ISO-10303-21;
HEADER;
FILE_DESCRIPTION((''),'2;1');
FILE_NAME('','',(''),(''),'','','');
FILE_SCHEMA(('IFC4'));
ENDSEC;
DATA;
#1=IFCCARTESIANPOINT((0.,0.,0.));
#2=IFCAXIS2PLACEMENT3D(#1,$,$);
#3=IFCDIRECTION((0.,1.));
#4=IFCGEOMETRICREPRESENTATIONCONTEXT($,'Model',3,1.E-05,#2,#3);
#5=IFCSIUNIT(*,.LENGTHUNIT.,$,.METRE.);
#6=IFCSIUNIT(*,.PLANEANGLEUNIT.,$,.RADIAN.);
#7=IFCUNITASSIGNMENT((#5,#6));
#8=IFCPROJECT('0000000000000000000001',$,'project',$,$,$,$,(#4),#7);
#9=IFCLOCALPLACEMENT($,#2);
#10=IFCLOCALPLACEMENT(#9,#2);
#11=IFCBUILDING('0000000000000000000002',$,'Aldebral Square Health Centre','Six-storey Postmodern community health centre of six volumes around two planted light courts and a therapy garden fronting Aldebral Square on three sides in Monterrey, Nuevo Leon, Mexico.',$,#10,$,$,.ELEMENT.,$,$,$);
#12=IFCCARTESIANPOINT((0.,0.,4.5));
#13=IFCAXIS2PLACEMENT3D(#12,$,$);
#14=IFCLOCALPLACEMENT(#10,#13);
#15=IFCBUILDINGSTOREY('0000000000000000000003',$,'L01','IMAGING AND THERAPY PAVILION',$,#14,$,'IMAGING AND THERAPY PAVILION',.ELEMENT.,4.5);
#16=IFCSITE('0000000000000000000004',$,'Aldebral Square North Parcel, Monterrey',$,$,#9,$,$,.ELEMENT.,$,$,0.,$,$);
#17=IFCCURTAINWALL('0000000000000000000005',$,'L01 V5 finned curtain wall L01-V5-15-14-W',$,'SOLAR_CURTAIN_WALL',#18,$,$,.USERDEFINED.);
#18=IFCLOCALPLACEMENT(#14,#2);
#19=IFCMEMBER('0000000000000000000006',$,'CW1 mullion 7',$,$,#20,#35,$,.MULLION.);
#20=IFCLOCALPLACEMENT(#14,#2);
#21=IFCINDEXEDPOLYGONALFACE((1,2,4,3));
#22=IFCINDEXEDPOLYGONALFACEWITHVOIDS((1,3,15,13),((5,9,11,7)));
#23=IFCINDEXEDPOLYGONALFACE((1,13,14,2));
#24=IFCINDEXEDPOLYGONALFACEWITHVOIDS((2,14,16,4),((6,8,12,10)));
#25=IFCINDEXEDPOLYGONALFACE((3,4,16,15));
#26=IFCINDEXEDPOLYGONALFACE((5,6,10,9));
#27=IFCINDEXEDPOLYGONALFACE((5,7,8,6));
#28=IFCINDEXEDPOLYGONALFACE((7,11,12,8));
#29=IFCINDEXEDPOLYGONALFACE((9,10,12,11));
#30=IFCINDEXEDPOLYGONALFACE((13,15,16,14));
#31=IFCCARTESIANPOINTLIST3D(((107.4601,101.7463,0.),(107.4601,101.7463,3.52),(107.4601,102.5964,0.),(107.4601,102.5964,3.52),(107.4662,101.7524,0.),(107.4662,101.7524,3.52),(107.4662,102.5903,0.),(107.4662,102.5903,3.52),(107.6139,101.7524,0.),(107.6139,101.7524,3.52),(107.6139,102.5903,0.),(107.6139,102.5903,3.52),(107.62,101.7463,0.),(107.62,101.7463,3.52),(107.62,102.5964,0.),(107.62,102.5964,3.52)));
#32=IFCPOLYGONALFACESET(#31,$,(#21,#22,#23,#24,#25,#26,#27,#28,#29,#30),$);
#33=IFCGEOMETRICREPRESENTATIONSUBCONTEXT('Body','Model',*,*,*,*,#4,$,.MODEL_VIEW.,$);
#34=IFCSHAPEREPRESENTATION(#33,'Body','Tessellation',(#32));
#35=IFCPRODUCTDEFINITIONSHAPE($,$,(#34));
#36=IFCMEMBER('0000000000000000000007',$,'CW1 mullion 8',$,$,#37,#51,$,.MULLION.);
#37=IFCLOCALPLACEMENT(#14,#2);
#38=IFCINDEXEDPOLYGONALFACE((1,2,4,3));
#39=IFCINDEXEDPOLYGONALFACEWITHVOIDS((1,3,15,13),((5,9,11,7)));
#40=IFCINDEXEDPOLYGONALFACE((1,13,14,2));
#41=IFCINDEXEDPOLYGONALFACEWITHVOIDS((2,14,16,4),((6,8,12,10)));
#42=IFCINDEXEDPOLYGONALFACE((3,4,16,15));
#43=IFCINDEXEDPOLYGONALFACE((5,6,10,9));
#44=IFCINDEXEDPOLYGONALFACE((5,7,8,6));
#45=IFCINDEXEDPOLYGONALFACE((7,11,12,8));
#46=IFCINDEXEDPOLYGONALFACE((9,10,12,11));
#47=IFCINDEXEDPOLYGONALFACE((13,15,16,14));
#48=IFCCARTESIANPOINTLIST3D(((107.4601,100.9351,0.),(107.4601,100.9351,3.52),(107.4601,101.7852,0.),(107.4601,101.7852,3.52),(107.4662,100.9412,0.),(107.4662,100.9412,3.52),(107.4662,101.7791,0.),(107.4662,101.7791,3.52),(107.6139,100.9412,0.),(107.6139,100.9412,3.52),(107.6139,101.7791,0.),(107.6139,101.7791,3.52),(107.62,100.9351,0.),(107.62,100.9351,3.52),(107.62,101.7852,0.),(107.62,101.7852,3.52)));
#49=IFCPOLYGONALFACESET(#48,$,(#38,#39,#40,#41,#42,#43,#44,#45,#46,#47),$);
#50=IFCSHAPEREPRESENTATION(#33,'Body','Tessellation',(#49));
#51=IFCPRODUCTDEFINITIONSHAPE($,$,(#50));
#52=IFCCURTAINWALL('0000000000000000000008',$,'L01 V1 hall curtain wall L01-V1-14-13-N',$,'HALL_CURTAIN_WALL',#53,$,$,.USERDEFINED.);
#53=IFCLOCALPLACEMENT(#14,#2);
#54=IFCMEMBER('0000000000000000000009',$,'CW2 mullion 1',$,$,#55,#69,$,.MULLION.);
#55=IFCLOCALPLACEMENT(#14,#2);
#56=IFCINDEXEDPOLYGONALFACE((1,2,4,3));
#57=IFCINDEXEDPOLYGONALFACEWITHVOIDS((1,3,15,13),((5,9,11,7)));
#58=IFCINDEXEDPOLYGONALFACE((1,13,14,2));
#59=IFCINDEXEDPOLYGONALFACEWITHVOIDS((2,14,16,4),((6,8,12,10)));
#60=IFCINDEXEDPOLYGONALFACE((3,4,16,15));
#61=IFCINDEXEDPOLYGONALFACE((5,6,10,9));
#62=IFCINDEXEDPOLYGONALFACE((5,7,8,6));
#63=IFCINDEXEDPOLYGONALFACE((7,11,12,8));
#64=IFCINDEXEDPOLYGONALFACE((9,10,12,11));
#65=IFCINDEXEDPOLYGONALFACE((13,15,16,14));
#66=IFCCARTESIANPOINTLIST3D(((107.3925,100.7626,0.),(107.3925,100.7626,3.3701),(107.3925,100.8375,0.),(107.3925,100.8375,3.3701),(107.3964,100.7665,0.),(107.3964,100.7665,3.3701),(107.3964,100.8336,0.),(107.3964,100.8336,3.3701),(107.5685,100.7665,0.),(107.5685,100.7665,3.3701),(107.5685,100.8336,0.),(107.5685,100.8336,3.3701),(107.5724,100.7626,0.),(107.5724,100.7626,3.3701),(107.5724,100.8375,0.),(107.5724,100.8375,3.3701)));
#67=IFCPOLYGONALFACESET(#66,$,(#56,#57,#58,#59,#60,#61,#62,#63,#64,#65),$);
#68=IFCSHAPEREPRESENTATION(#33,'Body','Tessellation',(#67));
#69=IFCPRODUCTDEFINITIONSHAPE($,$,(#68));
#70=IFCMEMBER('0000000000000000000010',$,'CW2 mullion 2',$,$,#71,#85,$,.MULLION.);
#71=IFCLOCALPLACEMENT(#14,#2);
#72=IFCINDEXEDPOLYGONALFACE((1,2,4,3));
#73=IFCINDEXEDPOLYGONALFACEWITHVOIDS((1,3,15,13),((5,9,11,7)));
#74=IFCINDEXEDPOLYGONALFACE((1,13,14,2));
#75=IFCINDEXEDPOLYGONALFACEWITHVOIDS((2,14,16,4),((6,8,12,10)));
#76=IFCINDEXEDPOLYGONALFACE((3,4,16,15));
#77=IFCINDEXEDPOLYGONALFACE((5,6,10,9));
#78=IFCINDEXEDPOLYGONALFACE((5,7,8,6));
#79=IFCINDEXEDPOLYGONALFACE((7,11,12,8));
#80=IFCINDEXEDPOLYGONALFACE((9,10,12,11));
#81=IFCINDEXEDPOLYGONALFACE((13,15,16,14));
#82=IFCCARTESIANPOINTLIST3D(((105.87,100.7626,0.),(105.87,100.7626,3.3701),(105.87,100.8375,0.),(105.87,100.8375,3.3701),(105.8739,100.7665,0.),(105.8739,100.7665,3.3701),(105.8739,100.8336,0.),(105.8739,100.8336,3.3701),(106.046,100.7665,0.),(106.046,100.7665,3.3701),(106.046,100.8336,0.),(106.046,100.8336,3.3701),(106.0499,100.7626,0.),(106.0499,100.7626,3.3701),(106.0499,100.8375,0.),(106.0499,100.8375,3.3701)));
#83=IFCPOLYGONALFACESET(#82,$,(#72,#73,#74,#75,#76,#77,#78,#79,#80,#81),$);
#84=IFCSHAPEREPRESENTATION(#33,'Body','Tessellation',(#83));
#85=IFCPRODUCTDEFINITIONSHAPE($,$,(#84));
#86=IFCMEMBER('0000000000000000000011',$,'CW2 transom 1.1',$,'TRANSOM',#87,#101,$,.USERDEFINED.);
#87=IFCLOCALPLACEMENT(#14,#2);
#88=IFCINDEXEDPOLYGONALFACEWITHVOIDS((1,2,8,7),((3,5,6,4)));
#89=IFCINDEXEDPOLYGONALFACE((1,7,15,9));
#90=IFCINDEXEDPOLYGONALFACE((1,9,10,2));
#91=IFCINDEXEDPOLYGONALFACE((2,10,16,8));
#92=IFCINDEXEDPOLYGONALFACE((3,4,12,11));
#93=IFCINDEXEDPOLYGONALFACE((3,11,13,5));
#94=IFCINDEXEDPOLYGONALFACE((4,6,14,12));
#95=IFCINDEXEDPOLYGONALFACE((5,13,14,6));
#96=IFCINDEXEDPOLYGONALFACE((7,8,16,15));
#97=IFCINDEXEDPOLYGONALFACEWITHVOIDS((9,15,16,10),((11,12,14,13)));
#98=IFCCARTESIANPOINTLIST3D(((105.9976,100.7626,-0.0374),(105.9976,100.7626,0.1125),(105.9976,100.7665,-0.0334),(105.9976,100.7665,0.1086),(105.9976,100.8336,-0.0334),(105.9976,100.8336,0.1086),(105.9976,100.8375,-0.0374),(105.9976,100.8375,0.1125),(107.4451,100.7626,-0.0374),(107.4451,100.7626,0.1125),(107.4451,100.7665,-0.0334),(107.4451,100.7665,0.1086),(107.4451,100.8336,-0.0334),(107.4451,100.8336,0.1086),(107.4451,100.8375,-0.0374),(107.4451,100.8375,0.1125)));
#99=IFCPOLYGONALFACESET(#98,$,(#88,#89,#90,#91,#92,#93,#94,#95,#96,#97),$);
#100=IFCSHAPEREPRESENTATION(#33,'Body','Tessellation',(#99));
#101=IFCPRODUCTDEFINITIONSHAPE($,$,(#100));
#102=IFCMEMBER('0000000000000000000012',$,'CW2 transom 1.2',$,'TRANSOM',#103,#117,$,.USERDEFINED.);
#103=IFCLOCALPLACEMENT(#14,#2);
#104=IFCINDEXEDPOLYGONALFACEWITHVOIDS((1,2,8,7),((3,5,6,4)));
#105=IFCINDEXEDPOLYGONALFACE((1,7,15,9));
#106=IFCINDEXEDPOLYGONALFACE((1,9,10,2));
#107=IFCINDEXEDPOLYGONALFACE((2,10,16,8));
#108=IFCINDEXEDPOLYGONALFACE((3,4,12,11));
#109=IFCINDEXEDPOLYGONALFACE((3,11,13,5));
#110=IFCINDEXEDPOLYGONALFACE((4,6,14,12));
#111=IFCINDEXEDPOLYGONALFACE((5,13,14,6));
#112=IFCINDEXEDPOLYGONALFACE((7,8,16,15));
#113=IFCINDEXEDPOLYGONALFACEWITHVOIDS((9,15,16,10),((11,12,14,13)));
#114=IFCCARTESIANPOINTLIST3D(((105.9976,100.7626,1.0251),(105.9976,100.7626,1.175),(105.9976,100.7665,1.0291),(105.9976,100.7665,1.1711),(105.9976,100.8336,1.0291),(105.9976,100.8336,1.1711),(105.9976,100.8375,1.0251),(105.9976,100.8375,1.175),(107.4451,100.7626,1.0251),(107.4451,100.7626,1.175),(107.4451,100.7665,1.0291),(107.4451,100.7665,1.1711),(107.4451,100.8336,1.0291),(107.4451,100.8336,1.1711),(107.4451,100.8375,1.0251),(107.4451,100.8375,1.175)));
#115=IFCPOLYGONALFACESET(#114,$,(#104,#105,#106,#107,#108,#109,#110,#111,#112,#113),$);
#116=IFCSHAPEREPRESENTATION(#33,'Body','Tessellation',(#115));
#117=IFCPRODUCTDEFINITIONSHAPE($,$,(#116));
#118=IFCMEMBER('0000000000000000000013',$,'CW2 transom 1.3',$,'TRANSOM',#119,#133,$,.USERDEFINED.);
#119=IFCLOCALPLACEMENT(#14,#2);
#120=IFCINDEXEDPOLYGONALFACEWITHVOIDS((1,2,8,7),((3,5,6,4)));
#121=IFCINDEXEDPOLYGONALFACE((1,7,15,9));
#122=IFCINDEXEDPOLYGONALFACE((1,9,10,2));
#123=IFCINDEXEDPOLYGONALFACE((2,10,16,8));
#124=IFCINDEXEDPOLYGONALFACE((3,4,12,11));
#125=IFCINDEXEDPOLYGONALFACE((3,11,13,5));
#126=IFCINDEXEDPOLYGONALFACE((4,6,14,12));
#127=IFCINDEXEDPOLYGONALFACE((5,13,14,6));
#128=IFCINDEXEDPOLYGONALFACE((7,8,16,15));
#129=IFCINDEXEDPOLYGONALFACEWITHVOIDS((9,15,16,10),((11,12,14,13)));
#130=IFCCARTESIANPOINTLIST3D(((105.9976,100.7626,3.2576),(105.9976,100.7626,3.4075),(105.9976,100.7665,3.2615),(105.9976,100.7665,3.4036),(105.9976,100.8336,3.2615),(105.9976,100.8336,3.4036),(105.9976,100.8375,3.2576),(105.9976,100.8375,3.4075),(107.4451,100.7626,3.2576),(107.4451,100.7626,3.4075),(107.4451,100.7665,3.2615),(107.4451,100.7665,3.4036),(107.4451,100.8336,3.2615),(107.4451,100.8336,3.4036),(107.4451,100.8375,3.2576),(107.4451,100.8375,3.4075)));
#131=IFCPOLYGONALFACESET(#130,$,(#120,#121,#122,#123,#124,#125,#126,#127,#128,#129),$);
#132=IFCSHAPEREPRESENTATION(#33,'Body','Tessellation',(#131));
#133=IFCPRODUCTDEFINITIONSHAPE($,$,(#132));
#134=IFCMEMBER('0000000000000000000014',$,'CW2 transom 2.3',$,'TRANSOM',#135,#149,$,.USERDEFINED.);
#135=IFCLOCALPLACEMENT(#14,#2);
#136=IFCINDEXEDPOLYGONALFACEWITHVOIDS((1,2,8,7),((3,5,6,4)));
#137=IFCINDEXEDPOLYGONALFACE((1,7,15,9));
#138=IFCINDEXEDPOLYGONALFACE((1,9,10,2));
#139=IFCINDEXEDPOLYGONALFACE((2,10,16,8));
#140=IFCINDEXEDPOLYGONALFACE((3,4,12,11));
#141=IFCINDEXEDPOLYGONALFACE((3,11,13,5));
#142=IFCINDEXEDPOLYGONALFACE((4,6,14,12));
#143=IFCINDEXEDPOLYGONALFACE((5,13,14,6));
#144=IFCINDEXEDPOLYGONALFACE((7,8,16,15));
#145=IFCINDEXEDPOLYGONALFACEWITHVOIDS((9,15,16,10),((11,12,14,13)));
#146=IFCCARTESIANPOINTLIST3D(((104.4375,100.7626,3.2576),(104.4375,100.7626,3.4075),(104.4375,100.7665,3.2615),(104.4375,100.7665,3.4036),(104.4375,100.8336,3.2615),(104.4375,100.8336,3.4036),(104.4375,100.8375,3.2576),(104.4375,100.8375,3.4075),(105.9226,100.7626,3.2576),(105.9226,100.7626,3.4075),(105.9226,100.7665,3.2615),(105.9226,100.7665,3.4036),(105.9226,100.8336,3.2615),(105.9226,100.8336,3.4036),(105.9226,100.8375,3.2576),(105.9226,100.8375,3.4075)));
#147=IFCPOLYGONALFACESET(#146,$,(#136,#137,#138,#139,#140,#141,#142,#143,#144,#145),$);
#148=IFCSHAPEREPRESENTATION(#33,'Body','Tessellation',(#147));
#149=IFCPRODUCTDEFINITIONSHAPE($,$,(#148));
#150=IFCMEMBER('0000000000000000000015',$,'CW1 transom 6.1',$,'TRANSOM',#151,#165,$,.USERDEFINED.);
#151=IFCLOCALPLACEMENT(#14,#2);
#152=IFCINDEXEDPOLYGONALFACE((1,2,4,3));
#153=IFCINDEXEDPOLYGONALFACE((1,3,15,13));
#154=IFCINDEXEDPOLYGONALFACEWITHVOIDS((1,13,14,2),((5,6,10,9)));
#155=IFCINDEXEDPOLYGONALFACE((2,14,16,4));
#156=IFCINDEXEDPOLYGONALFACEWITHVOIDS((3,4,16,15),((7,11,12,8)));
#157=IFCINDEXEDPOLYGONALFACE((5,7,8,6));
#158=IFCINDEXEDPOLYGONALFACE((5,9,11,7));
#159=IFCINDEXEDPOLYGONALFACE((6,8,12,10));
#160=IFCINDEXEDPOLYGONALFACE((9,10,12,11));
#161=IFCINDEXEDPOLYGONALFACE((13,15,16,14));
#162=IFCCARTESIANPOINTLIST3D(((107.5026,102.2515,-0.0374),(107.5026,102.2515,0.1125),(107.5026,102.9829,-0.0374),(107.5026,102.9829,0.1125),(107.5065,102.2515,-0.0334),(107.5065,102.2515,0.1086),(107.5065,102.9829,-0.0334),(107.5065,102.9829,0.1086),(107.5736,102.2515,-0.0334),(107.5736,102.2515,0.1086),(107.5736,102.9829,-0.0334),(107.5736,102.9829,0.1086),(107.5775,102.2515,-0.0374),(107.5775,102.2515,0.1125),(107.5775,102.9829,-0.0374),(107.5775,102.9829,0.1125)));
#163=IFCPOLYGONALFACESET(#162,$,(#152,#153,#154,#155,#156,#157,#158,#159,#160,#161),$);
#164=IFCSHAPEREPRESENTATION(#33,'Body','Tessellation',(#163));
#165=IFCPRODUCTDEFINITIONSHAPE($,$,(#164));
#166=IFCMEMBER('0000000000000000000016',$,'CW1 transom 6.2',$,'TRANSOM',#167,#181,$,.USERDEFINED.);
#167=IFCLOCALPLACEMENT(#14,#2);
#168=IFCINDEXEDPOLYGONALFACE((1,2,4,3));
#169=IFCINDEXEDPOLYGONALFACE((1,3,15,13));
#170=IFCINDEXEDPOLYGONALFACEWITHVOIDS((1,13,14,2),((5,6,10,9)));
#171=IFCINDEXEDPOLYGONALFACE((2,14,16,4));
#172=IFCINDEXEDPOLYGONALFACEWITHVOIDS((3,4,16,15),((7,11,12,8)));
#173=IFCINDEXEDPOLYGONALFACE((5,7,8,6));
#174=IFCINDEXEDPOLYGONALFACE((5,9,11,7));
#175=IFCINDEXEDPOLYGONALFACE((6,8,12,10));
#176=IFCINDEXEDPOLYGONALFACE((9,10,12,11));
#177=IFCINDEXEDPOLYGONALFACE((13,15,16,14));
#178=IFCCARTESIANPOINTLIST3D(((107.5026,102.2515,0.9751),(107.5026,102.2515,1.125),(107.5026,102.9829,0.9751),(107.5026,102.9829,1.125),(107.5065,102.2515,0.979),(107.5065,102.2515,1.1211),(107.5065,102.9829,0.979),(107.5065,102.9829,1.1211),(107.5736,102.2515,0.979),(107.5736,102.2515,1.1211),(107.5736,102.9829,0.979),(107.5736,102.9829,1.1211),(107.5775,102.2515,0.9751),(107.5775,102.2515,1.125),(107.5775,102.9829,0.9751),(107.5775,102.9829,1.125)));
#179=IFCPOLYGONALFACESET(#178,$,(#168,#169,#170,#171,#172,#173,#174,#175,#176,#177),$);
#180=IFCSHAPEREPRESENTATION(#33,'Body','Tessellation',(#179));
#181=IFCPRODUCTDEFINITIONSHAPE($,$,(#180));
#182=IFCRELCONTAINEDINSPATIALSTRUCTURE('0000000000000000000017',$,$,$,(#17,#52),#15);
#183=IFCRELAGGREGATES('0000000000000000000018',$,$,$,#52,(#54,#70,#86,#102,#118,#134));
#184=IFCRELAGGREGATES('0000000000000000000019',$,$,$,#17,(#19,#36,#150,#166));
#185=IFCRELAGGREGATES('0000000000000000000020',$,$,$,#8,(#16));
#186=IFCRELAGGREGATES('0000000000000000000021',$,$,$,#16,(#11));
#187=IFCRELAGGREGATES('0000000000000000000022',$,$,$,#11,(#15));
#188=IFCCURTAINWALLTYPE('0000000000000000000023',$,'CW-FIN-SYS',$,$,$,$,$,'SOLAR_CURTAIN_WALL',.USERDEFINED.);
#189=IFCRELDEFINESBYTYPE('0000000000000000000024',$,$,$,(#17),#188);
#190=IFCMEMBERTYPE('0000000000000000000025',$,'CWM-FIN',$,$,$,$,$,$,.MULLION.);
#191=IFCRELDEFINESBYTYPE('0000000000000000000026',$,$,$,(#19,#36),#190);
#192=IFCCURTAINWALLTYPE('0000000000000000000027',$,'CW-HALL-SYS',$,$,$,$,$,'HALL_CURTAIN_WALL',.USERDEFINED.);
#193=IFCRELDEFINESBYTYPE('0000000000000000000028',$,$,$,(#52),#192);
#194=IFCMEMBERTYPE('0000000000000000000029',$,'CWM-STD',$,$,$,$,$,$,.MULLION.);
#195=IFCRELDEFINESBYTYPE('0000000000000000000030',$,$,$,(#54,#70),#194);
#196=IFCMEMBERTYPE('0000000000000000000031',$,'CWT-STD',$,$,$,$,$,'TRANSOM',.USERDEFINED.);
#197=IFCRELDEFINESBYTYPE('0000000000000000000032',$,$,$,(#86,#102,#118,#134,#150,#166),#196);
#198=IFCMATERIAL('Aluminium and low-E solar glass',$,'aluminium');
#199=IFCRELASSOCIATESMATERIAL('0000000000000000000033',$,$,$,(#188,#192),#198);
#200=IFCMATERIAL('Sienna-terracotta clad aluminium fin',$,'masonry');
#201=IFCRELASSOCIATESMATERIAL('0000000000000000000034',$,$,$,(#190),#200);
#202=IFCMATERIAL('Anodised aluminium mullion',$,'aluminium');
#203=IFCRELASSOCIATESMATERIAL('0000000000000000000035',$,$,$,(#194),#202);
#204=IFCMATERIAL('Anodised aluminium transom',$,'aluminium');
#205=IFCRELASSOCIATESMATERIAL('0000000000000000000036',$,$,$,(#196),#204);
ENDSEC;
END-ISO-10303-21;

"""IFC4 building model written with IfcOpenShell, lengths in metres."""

from ifc_helpers import new_model, si_unit, direction, frame, origin, origin_2d, place, context, subcontext, project, spatial, hollow_rectangle, extrude, material, material_profile, profile_set, type_object, element, aggregate, save


model = new_model("IFC4")

# Units and contexts
model_context = context("Model", 3, precision=1e-05, world=origin(), true_north=direction((0.0, 1.0)))
body_context = subcontext(model_context, "Body", "Model", "MODEL_VIEW")
ifc_project = project(units=[si_unit("LENGTHUNIT", "METRE"), si_unit("PLANEANGLEUNIT", "RADIAN")], contexts=[model_context])

# Site, building, storey
site_placement = place(None, origin())
site = spatial("IfcSite", under=ifc_project, at=site_placement, Name="Aldebral Square North Parcel, Monterrey", CompositionType="ELEMENT", RefElevation=0.0)
building_placement = place(site_placement, origin())
building = spatial("IfcBuilding", under=site, at=building_placement, Name="Aldebral Square Health Centre", Description="Six-storey Postmodern community health centre of six volumes around two planted light courts and a therapy garden fronting Aldebral Square on three sides in Monterrey, Nuevo Leon, Mexico.", CompositionType="ELEMENT")
storey_placement = place(building_placement, frame((0.0, 0.0, 4.5)))
storey = spatial("IfcBuildingStorey", under=building, at=storey_placement, Name="L01", Description="IMAGING AND THERAPY PAVILION", LongName="IMAGING AND THERAPY PAVILION", CompositionType="ELEMENT", Elevation=4.5)

# Curtain walls, members
ifc_material_1 = material(Name="Aluminium and low-E solar glass", Category="aluminium")
curtain_wall_type_1 = type_object("IfcCurtainWallType", Name="CW-FIN-SYS", ElementType="SOLAR_CURTAIN_WALL", PredefinedType="USERDEFINED", material=ifc_material_1)
curtain_wall_1_placement = place(storey_placement, origin())
curtain_wall_1 = element("IfcCurtainWall", 1, at=curtain_wall_1_placement, inside=storey, type_object=curtain_wall_type_1, Name="L01 V5 finned curtain wall L01-V5-15-14-W", ObjectType="SOLAR_CURTAIN_WALL", PredefinedType="USERDEFINED")
ifc_material_2 = material(Name="Sienna-terracotta clad aluminium fin", Category="masonry")
ifc_material_profile_1 = material_profile(ifc_material_2, hollow_rectangle(XDim=0.1599, YDim=0.8501, WallThickness=0.0061, at=origin_2d()), Name="FIN 160x850x6")
ifc_profile_set_1 = profile_set([ifc_material_profile_1], Name="Sienna-terracotta clad aluminium fin")
member_type_1 = type_object("IfcMemberType", Name="CWM-FIN", PredefinedType="MULLION", material=ifc_profile_set_1)
member_1_placement = place(storey_placement, frame((107.54, 102.1714, 0.0), z_axis=(0.0, 0.0, 1.0), x_axis=(1.0, 0.0, 0.0)))
member_1 = element("IfcMember", 2, at=member_1_placement, type_object=member_type_1, Name="CW1 mullion 7", PredefinedType="MULLION", context=body_context, shape_type="SweptSolid", body=[
    extrude(hollow_rectangle(XDim=0.1599, YDim=0.8501, WallThickness=0.0061, at=origin_2d()), origin(), (0.0, 0.0, 1.0), 3.52),
])
member_2_placement = place(storey_placement, frame((107.54, 101.3601, 0.0), z_axis=(0.0, 0.0, 1.0), x_axis=(1.0, 0.0, 0.0)))
member_2 = element("IfcMember", 3, at=member_2_placement, type_object=member_type_1, Name="CW1 mullion 8", PredefinedType="MULLION", context=body_context, shape_type="SweptSolid", body=[
    extrude(hollow_rectangle(XDim=0.1599, YDim=0.8501, WallThickness=0.0061, at=origin_2d()), origin(), (0.0, 0.0, 1.0), 3.52),
])
curtain_wall_type_2 = type_object("IfcCurtainWallType", Name="CW-HALL-SYS", ElementType="HALL_CURTAIN_WALL", PredefinedType="USERDEFINED", material=ifc_material_1)
curtain_wall_2_placement = place(storey_placement, origin())
curtain_wall_2 = element("IfcCurtainWall", 4, at=curtain_wall_2_placement, inside=storey, type_object=curtain_wall_type_2, Name="L01 V1 hall curtain wall L01-V1-14-13-N", ObjectType="HALL_CURTAIN_WALL", PredefinedType="USERDEFINED")
ifc_material_3 = material(Name="Anodised aluminium mullion", Category="aluminium")
ifc_material_profile_2 = material_profile(ifc_material_3, hollow_rectangle(XDim=0.075, YDim=0.1799, WallThickness=0.0039, at=origin_2d()), Name="CWM 75x180x4")
ifc_profile_set_2 = profile_set([ifc_material_profile_2], Name="Anodised aluminium mullion")
member_type_2 = type_object("IfcMemberType", Name="CWM-STD", PredefinedType="MULLION", material=ifc_profile_set_2)
member_3_placement = place(storey_placement, frame((107.4824, 100.8, 0.0), z_axis=(0.0, 0.0, 1.0), x_axis=(0.0, -1.0, 0.0)))
member_3 = element("IfcMember", 5, at=member_3_placement, type_object=member_type_2, Name="CW2 mullion 1", PredefinedType="MULLION", context=body_context, shape_type="SweptSolid", body=[
    extrude(hollow_rectangle(XDim=0.075, YDim=0.1799, WallThickness=0.0039, at=origin_2d()), origin(), (0.0, 0.0, 1.0), 3.3701),
])
member_4_placement = place(storey_placement, frame((105.96, 100.8, 0.0), z_axis=(0.0, 0.0, 1.0), x_axis=(0.0, -1.0, 0.0)))
member_4 = element("IfcMember", 6, at=member_4_placement, type_object=member_type_2, Name="CW2 mullion 2", PredefinedType="MULLION", context=body_context, shape_type="SweptSolid", body=[
    extrude(hollow_rectangle(XDim=0.075, YDim=0.1799, WallThickness=0.0039, at=origin_2d()), origin(), (0.0, 0.0, 1.0), 3.3701),
])
ifc_material_4 = material(Name="Anodised aluminium transom", Category="aluminium")
ifc_material_profile_3 = material_profile(ifc_material_4, hollow_rectangle(XDim=0.075, YDim=0.1499, WallThickness=0.0039, at=origin_2d()), Name="CWT 75x150x4")
ifc_profile_set_3 = profile_set([ifc_material_profile_3], Name="Anodised aluminium transom")
member_type_3 = type_object("IfcMemberType", Name="CWT-STD", ElementType="TRANSOM", PredefinedType="USERDEFINED", material=ifc_profile_set_3)
member_5_placement = place(storey_placement, frame((107.4451, 100.8, 0.0376), z_axis=(-1.0, 0.0, 0.0), x_axis=(0.0, -1.0, 0.0)))
member_5 = element("IfcMember", 7, at=member_5_placement, type_object=member_type_3, Name="CW2 transom 1.1", ObjectType="TRANSOM", PredefinedType="USERDEFINED", context=body_context, shape_type="SweptSolid", body=[
    extrude(hollow_rectangle(XDim=0.075, YDim=0.1499, WallThickness=0.0039, at=origin_2d()), origin(), (0.0, 0.0, 1.0), 1.4475),
])
member_6_placement = place(storey_placement, frame((107.4451, 100.8, 1.1001), z_axis=(-1.0, 0.0, 0.0), x_axis=(0.0, -1.0, 0.0)))
member_6 = element("IfcMember", 8, at=member_6_placement, type_object=member_type_3, Name="CW2 transom 1.2", ObjectType="TRANSOM", PredefinedType="USERDEFINED", context=body_context, shape_type="SweptSolid", body=[
    extrude(hollow_rectangle(XDim=0.075, YDim=0.1499, WallThickness=0.0039, at=origin_2d()), origin(), (0.0, 0.0, 1.0), 1.4475),
])
member_7_placement = place(storey_placement, frame((107.4451, 100.8, 3.3325), z_axis=(-1.0, 0.0, 0.0), x_axis=(0.0, -1.0, 0.0)))
member_7 = element("IfcMember", 9, at=member_7_placement, type_object=member_type_3, Name="CW2 transom 1.3", ObjectType="TRANSOM", PredefinedType="USERDEFINED", context=body_context, shape_type="SweptSolid", body=[
    extrude(hollow_rectangle(XDim=0.075, YDim=0.1499, WallThickness=0.0039, at=origin_2d()), origin(), (0.0, 0.0, 1.0), 1.4475),
])
member_8_placement = place(storey_placement, frame((105.9226, 100.8, 3.3325), z_axis=(-1.0, 0.0, 0.0), x_axis=(0.0, -1.0, 0.0)))
member_8 = element("IfcMember", 10, at=member_8_placement, type_object=member_type_3, Name="CW2 transom 2.3", ObjectType="TRANSOM", PredefinedType="USERDEFINED", context=body_context, shape_type="SweptSolid", body=[
    extrude(hollow_rectangle(XDim=0.075, YDim=0.1499, WallThickness=0.0039, at=origin_2d()), origin(), (0.0, 0.0, 1.0), 1.4851),
])

# Members
member_9_placement = place(storey_placement, frame((107.54, 102.9829, 0.0376), z_axis=(0.0, -1.0, 0.0), x_axis=(1.0, 0.0, 0.0)))
member_9 = element("IfcMember", 11, at=member_9_placement, type_object=member_type_3, Name="CW1 transom 6.1", ObjectType="TRANSOM", PredefinedType="USERDEFINED", context=body_context, shape_type="SweptSolid", body=[
    extrude(hollow_rectangle(XDim=0.075, YDim=0.1499, WallThickness=0.0039, at=origin_2d()), origin(), (0.0, 0.0, 1.0), 0.7314),
])
member_10_placement = place(storey_placement, frame((107.54, 102.9829, 1.05), z_axis=(0.0, -1.0, 0.0), x_axis=(1.0, 0.0, 0.0)))
member_10 = element("IfcMember", 12, at=member_10_placement, type_object=member_type_3, Name="CW1 transom 6.2", ObjectType="TRANSOM", PredefinedType="USERDEFINED", context=body_context, shape_type="SweptSolid", body=[
    extrude(hollow_rectangle(XDim=0.075, YDim=0.1499, WallThickness=0.0039, at=origin_2d()), origin(), (0.0, 0.0, 1.0), 0.7314),
])

aggregate(curtain_wall_2, [member_3, member_4, member_5, member_6, member_7, member_8])
aggregate(curtain_wall_1, [member_1, member_2, member_9, member_10])

save(model, "model.ifc")
